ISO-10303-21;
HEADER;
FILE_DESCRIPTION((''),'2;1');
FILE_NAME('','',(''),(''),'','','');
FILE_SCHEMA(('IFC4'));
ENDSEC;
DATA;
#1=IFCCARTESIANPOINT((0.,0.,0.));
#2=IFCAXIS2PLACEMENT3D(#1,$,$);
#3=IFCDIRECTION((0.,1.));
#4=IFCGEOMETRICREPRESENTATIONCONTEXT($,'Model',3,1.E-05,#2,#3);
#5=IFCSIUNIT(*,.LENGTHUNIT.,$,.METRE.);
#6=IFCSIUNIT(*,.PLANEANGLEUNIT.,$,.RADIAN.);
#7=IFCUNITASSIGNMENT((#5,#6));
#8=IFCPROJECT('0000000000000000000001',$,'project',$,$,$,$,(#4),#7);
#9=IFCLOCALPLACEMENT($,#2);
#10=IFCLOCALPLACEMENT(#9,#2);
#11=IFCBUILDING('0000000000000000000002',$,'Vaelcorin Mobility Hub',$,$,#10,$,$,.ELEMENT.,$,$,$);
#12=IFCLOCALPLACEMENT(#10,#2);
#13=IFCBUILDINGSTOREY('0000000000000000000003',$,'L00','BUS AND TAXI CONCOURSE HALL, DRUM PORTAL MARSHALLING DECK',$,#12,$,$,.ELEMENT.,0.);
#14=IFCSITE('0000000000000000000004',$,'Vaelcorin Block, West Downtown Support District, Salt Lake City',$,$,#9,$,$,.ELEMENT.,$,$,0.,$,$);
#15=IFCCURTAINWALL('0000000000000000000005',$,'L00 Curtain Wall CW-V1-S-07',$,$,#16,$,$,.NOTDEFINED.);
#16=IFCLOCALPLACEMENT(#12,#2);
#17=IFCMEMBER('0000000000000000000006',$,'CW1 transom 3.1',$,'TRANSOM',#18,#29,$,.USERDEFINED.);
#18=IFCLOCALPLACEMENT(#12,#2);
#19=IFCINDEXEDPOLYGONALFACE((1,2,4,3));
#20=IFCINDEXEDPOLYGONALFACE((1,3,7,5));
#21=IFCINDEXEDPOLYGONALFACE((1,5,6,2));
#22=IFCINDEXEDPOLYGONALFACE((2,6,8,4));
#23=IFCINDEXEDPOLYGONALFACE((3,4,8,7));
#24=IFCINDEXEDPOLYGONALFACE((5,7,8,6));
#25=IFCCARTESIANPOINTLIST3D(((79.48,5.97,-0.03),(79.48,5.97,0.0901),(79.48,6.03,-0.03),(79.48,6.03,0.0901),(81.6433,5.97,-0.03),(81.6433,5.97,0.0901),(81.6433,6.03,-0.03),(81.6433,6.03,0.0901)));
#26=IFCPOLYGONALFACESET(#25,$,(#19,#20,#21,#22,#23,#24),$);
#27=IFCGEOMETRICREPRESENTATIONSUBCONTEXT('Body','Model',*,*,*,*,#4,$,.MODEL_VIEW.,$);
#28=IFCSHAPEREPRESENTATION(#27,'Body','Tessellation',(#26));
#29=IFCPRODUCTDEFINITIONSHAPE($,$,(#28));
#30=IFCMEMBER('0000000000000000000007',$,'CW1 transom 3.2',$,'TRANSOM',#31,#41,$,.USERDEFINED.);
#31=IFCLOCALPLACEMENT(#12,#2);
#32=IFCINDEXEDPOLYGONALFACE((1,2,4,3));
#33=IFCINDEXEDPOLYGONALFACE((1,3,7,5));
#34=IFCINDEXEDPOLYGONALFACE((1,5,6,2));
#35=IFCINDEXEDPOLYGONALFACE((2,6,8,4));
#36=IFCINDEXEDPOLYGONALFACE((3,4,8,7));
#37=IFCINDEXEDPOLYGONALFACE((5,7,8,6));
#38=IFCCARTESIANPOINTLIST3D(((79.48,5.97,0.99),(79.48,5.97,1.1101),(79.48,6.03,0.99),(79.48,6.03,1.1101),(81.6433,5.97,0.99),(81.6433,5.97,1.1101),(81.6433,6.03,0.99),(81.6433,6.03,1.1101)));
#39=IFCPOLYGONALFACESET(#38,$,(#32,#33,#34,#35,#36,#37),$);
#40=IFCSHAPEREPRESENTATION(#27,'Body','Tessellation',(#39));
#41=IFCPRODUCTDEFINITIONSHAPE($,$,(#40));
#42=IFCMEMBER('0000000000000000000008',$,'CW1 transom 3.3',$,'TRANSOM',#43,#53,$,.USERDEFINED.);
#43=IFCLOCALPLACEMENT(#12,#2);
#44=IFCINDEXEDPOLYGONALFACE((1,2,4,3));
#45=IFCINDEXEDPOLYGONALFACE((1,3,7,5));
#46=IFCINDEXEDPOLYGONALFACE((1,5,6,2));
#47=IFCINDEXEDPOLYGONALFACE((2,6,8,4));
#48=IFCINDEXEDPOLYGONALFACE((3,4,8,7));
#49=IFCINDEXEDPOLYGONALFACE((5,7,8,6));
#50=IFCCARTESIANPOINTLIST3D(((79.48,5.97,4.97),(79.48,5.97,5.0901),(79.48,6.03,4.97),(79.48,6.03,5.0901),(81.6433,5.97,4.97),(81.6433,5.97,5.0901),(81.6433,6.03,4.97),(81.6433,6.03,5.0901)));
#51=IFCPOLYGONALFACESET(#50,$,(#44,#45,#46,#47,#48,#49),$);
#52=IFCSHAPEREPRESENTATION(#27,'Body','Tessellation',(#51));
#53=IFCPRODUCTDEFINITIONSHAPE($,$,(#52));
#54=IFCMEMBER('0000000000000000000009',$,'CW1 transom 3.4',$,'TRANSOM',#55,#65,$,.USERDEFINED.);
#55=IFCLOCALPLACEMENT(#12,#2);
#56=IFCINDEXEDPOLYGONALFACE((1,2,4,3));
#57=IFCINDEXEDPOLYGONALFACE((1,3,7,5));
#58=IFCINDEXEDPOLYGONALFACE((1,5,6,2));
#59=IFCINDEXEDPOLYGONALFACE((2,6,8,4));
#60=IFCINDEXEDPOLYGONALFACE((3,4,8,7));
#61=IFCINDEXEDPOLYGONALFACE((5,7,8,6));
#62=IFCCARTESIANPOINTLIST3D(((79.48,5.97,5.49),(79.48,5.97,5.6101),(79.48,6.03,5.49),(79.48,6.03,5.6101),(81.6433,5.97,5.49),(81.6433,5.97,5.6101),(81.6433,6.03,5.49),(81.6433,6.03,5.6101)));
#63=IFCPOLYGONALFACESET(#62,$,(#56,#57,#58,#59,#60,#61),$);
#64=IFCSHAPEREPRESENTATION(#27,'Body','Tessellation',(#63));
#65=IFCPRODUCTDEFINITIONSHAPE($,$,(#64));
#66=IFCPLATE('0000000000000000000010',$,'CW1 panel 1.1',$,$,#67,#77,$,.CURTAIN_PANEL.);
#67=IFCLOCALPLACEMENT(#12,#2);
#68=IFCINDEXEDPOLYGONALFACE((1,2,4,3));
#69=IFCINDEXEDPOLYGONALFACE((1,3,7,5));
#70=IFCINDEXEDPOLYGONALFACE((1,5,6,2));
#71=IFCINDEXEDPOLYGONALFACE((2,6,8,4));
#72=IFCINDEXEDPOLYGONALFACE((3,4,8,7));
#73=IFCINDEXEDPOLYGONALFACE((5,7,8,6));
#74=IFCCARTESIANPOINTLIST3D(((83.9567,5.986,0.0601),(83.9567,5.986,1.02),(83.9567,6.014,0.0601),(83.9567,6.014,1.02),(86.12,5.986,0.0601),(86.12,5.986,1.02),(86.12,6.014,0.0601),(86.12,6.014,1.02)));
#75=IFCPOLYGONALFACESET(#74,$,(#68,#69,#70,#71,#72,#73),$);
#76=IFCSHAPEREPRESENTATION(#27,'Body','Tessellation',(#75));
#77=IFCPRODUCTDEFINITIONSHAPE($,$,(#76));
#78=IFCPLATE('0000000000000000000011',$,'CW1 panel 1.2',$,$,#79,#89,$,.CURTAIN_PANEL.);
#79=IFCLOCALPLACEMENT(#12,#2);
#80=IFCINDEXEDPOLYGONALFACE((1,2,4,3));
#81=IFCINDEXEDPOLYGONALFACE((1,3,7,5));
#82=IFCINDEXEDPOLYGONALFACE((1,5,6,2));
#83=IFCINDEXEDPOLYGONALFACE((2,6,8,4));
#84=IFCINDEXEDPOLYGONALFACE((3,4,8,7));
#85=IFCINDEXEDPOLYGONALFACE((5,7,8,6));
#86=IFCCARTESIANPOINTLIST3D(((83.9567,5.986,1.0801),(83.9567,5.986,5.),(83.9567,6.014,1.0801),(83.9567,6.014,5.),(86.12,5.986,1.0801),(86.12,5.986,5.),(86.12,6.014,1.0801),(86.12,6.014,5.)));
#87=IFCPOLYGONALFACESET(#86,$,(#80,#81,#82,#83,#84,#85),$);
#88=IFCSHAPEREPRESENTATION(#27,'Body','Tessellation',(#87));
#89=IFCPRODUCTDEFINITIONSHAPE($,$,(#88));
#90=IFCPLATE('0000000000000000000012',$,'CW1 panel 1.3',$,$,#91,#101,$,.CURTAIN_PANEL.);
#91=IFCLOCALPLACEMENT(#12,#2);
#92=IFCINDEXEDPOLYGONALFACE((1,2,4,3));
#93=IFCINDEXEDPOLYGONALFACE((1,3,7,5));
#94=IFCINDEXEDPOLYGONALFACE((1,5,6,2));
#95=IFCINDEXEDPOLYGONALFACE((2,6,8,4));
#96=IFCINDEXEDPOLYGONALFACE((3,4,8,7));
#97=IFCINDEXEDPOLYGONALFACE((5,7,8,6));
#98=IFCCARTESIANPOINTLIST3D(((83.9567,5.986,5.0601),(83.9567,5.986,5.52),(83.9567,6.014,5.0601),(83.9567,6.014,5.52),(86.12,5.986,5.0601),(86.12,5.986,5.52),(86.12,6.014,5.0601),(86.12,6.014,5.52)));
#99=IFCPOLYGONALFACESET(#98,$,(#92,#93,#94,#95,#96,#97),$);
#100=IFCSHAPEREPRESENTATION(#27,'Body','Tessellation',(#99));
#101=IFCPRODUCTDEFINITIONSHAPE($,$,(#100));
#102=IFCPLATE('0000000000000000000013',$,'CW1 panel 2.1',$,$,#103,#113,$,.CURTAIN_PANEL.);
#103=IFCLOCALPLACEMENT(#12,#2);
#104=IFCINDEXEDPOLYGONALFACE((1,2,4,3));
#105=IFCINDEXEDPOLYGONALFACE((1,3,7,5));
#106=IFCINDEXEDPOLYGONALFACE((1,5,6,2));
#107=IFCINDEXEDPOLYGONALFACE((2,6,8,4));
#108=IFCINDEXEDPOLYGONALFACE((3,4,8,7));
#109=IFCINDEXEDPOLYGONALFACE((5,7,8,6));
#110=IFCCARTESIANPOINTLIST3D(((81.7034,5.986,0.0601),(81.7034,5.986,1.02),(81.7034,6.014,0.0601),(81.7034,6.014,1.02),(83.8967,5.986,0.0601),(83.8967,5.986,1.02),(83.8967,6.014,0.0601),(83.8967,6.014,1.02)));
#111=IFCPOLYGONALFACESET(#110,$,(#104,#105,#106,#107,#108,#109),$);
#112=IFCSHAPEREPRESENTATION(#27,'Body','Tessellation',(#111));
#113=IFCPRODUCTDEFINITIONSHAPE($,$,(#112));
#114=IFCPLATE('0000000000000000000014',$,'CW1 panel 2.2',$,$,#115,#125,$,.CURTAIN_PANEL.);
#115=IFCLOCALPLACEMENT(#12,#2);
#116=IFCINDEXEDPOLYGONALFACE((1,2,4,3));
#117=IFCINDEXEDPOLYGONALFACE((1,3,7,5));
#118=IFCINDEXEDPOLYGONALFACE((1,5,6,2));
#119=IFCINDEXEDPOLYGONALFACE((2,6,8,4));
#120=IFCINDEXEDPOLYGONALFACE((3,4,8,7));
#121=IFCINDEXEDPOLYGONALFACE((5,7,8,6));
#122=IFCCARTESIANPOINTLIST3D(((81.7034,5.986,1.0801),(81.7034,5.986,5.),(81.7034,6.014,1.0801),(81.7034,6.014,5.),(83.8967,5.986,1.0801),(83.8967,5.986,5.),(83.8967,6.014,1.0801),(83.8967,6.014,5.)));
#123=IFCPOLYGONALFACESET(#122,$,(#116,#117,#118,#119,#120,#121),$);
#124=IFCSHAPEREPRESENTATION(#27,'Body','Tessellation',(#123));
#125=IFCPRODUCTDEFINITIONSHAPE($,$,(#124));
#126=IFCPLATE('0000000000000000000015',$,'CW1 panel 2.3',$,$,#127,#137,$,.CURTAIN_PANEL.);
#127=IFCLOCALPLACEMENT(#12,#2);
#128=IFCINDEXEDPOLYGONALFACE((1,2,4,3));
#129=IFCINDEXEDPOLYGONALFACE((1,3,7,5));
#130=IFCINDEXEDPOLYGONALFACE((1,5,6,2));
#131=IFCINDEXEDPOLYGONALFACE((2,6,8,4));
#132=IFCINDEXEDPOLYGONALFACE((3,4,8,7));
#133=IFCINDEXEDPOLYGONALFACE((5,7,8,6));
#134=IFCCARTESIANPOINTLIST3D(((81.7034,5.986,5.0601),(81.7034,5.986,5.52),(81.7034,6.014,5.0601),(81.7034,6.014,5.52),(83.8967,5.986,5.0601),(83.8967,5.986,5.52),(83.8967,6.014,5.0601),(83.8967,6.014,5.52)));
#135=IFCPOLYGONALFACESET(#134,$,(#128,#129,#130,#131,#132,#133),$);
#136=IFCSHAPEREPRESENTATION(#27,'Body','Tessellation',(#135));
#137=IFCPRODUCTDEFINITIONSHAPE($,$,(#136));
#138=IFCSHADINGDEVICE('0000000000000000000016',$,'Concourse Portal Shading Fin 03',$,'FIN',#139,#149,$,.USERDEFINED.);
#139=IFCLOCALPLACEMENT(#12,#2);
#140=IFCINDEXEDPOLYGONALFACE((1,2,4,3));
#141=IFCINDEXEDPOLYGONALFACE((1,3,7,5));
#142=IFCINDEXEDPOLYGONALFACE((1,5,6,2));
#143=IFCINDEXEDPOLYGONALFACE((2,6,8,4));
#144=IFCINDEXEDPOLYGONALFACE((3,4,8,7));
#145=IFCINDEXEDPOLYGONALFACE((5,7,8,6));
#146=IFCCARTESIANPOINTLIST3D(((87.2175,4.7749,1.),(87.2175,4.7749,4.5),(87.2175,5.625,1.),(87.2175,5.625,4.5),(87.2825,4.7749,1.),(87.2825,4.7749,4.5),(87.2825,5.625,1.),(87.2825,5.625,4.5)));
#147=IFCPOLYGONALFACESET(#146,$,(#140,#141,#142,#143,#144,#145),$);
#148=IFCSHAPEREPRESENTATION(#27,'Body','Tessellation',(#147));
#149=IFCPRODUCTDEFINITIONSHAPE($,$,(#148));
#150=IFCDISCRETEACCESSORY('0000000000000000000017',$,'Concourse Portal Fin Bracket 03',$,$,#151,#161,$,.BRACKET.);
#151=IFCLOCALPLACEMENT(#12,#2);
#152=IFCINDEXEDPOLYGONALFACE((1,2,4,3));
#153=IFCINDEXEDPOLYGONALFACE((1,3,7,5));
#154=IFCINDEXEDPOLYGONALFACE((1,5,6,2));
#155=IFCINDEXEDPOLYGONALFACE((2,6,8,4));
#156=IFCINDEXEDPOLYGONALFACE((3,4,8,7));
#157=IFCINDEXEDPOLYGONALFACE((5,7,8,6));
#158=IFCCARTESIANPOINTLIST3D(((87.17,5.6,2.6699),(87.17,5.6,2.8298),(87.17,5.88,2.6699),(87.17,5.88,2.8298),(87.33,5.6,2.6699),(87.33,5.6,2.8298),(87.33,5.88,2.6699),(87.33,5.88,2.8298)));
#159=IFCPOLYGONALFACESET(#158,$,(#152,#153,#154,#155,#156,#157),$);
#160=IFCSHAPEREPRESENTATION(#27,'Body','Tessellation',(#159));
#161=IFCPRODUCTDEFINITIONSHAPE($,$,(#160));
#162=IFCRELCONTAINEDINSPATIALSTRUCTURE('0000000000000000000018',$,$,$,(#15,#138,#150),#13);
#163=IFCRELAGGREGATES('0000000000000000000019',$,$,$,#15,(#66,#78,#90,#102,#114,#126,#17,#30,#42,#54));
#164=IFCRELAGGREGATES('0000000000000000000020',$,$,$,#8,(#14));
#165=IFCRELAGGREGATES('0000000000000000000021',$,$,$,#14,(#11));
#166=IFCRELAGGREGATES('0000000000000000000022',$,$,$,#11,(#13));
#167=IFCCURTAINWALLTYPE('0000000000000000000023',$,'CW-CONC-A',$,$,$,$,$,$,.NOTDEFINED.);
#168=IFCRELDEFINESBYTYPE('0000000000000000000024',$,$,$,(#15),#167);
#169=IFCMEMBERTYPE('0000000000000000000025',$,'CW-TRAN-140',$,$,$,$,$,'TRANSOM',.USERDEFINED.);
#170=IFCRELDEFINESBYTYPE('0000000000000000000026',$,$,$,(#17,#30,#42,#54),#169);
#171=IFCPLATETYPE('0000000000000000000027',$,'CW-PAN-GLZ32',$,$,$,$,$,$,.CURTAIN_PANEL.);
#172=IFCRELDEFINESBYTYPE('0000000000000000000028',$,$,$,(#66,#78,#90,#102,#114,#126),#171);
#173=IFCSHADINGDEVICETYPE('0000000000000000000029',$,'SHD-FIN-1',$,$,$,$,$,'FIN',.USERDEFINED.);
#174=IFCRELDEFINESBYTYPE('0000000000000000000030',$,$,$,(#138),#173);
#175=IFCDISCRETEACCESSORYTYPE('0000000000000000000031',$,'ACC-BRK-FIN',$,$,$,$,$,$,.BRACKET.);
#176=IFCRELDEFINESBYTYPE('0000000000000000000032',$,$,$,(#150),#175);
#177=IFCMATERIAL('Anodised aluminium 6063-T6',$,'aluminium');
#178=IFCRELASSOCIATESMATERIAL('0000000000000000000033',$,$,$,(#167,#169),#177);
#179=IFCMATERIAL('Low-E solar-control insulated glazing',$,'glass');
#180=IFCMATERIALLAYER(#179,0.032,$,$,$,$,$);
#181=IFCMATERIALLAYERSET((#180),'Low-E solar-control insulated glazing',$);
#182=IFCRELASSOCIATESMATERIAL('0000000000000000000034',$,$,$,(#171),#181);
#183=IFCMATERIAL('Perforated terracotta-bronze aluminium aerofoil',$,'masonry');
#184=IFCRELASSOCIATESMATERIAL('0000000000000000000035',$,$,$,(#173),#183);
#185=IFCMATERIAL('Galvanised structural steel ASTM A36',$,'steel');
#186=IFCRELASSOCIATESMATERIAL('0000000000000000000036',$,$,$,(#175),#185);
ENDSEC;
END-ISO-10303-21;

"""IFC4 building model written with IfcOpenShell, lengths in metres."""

from ifc_helpers import new_model, si_unit, direction, frame, origin, origin_2d, place, context, subcontext, project, spatial, rectangle, extrude, material, layer, layer_set, material_profile, profile_set, type_object, element, aggregate, save


model = new_model("IFC4")

# Units and contexts
model_context = context("Model", 3, precision=1e-05, world=origin(), true_north=direction((0.0, 1.0)))
body_context = subcontext(model_context, "Body", "Model", "MODEL_VIEW")
ifc_project = project(units=[si_unit("LENGTHUNIT", "METRE"), si_unit("PLANEANGLEUNIT", "RADIAN")], contexts=[model_context])

# Site, building, storey
site_placement = place(None, origin())
site = spatial("IfcSite", under=ifc_project, at=site_placement, Name="Vaelcorin Block, West Downtown Support District, Salt Lake City", CompositionType="ELEMENT", RefElevation=0.0)
building_placement = place(site_placement, origin())
building = spatial("IfcBuilding", under=site, at=building_placement, Name="Vaelcorin Mobility Hub", CompositionType="ELEMENT")
storey_placement = place(building_placement, origin())
storey = spatial("IfcBuildingStorey", under=building, at=storey_placement, Name="L00", Description="BUS AND TAXI CONCOURSE HALL, DRUM PORTAL MARSHALLING DECK", CompositionType="ELEMENT", Elevation=0.0)

# Curtain wall, members, plates
ifc_material_1 = material(Name="Anodised aluminium 6063-T6", Category="aluminium")
curtain_wall_type = type_object("IfcCurtainWallType", Name="CW-CONC-A", PredefinedType="NOTDEFINED", material=ifc_material_1)
curtain_wall_placement = place(storey_placement, origin())
curtain_wall = element("IfcCurtainWall", 1, at=curtain_wall_placement, inside=storey, type_object=curtain_wall_type, Name="L00 Curtain Wall CW-V1-S-07", PredefinedType="NOTDEFINED")
ifc_material_profile_1 = material_profile(ifc_material_1, rectangle(XDim=0.0601, YDim=0.1201, at=origin_2d()), Name="ALU-T60X120")
ifc_profile_set_1 = profile_set([ifc_material_profile_1], Name="Anodised aluminium 6063-T6")
member_type_1 = type_object("IfcMemberType", Name="CW-TRAN-140", ElementType="TRANSOM", PredefinedType="USERDEFINED", material=ifc_profile_set_1)
member_1_placement = place(storey_placement, frame((81.6433, 6.0, 0.03), z_axis=(-1.0, 0.0, 0.0), x_axis=(0.0, -1.0, 0.0)))
member_1 = element("IfcMember", 2, at=member_1_placement, type_object=member_type_1, Name="CW1 transom 3.1", ObjectType="TRANSOM", PredefinedType="USERDEFINED", context=body_context, shape_type="SweptSolid", body=[
    extrude(rectangle(XDim=0.0601, YDim=0.1201, at=origin_2d()), origin(), (0.0, 0.0, 1.0), 2.1633),
])
member_2_placement = place(storey_placement, frame((81.6433, 6.0, 1.05), z_axis=(-1.0, 0.0, 0.0), x_axis=(0.0, -1.0, 0.0)))
member_2 = element("IfcMember", 3, at=member_2_placement, type_object=member_type_1, Name="CW1 transom 3.2", ObjectType="TRANSOM", PredefinedType="USERDEFINED", context=body_context, shape_type="SweptSolid", body=[
    extrude(rectangle(XDim=0.0601, YDim=0.1201, at=origin_2d()), origin(), (0.0, 0.0, 1.0), 2.1633),
])
member_3_placement = place(storey_placement, frame((81.6433, 6.0, 5.03), z_axis=(-1.0, 0.0, 0.0), x_axis=(0.0, -1.0, 0.0)))
member_3 = element("IfcMember", 4, at=member_3_placement, type_object=member_type_1, Name="CW1 transom 3.3", ObjectType="TRANSOM", PredefinedType="USERDEFINED", context=body_context, shape_type="SweptSolid", body=[
    extrude(rectangle(XDim=0.0601, YDim=0.1201, at=origin_2d()), origin(), (0.0, 0.0, 1.0), 2.1633),
])
member_4_placement = place(storey_placement, frame((81.6433, 6.0, 5.55), z_axis=(-1.0, 0.0, 0.0), x_axis=(0.0, -1.0, 0.0)))
member_4 = element("IfcMember", 5, at=member_4_placement, type_object=member_type_1, Name="CW1 transom 3.4", ObjectType="TRANSOM", PredefinedType="USERDEFINED", context=body_context, shape_type="SweptSolid", body=[
    extrude(rectangle(XDim=0.0601, YDim=0.1201, at=origin_2d()), origin(), (0.0, 0.0, 1.0), 2.1633),
])
ifc_material_2 = material(Name="Low-E solar-control insulated glazing", Category="glass")
ifc_layer = layer(ifc_material_2, 0.032)
ifc_layer_set = layer_set([ifc_layer], Name="Low-E solar-control insulated glazing")
plate_type = type_object("IfcPlateType", Name="CW-PAN-GLZ32", PredefinedType="CURTAIN_PANEL", material=ifc_layer_set)
plate_1_placement = place(storey_placement, frame((85.0383, 6.0, 0.0601), z_axis=(0.0, 0.0, 1.0), x_axis=(-1.0, 0.0, 0.0)))
plate_1 = element("IfcPlate", 6, at=plate_1_placement, type_object=plate_type, Name="CW1 panel 1.1", PredefinedType="CURTAIN_PANEL", context=body_context, shape_type="SweptSolid", body=[
    extrude(rectangle(XDim=2.1633, YDim=0.0281, at=origin_2d()), origin(), (0.0, 0.0, 1.0), 0.96),
])
plate_2_placement = place(storey_placement, frame((85.0383, 6.0, 1.0801), z_axis=(0.0, 0.0, 1.0), x_axis=(-1.0, 0.0, 0.0)))
plate_2 = element("IfcPlate", 7, at=plate_2_placement, type_object=plate_type, Name="CW1 panel 1.2", PredefinedType="CURTAIN_PANEL", context=body_context, shape_type="SweptSolid", body=[
    extrude(rectangle(XDim=2.1633, YDim=0.0281, at=origin_2d()), origin(), (0.0, 0.0, 1.0), 3.9199),
])
plate_3_placement = place(storey_placement, frame((85.0383, 6.0, 5.0601), z_axis=(0.0, 0.0, 1.0), x_axis=(-1.0, 0.0, 0.0)))
plate_3 = element("IfcPlate", 8, at=plate_3_placement, type_object=plate_type, Name="CW1 panel 1.3", PredefinedType="CURTAIN_PANEL", context=body_context, shape_type="SweptSolid", body=[
    extrude(rectangle(XDim=2.1633, YDim=0.0281, at=origin_2d()), origin(), (0.0, 0.0, 1.0), 0.46),
])
plate_4_placement = place(storey_placement, frame((82.8, 6.0, 0.0601), z_axis=(0.0, 0.0, 1.0), x_axis=(-1.0, 0.0, 0.0)))
plate_4 = element("IfcPlate", 9, at=plate_4_placement, type_object=plate_type, Name="CW1 panel 2.1", PredefinedType="CURTAIN_PANEL", context=body_context, shape_type="SweptSolid", body=[
    extrude(rectangle(XDim=2.1934, YDim=0.0281, at=origin_2d()), origin(), (0.0, 0.0, 1.0), 0.96),
])
plate_5_placement = place(storey_placement, frame((82.8, 6.0, 1.0801), z_axis=(0.0, 0.0, 1.0), x_axis=(-1.0, 0.0, 0.0)))
plate_5 = element("IfcPlate", 10, at=plate_5_placement, type_object=plate_type, Name="CW1 panel 2.2", PredefinedType="CURTAIN_PANEL", context=body_context, shape_type="SweptSolid", body=[
    extrude(rectangle(XDim=2.1934, YDim=0.0281, at=origin_2d()), origin(), (0.0, 0.0, 1.0), 3.9199),
])
plate_6_placement = place(storey_placement, frame((82.8, 6.0, 5.0601), z_axis=(0.0, 0.0, 1.0), x_axis=(-1.0, 0.0, 0.0)))
plate_6 = element("IfcPlate", 11, at=plate_6_placement, type_object=plate_type, Name="CW1 panel 2.3", PredefinedType="CURTAIN_PANEL", context=body_context, shape_type="SweptSolid", body=[
    extrude(rectangle(XDim=2.1934, YDim=0.0281, at=origin_2d()), origin(), (0.0, 0.0, 1.0), 0.46),
])
aggregate(curtain_wall, [plate_1, plate_2, plate_3, plate_4, plate_5, plate_6, member_1, member_2, member_3, member_4])

# Shading device
ifc_material_3 = material(Name="Perforated terracotta-bronze aluminium aerofoil", Category="masonry")
shading_device_type = type_object("IfcShadingDeviceType", Name="SHD-FIN-1", ElementType="FIN", PredefinedType="USERDEFINED", material=ifc_material_3)
shading_device_placement = place(storey_placement, frame((87.25, 5.2, 1.0), z_axis=(0.0, 0.0, 1.0), x_axis=(1.0, 0.0, 0.0)))
element("IfcShadingDevice", 12, at=shading_device_placement, inside=storey, type_object=shading_device_type, Name="Concourse Portal Shading Fin 03", ObjectType="FIN", PredefinedType="USERDEFINED", context=body_context, shape_type="SweptSolid", body=[
    extrude(rectangle(XDim=0.0649, YDim=0.8501, at=origin_2d()), origin(), (0.0, 0.0, 1.0), 3.5),
])

# Discrete accessory
ifc_material_4 = material(Name="Galvanised structural steel ASTM A36", Category="steel")
discrete_accessory_type = type_object("IfcDiscreteAccessoryType", Name="ACC-BRK-FIN", PredefinedType="BRACKET", material=ifc_material_4)
discrete_accessory_placement = place(storey_placement, frame((87.25, 5.74, 2.6699), z_axis=(0.0, 0.0, 1.0), x_axis=(1.0, 0.0, 0.0)))
element("IfcDiscreteAccessory", 13, at=discrete_accessory_placement, inside=storey, type_object=discrete_accessory_type, Name="Concourse Portal Fin Bracket 03", PredefinedType="BRACKET", context=body_context, shape_type="SweptSolid", body=[
    extrude(rectangle(XDim=0.1599, YDim=0.28, at=origin_2d()), origin(), (0.0, 0.0, 1.0), 0.1599),
])

save(model, "model.ifc")
